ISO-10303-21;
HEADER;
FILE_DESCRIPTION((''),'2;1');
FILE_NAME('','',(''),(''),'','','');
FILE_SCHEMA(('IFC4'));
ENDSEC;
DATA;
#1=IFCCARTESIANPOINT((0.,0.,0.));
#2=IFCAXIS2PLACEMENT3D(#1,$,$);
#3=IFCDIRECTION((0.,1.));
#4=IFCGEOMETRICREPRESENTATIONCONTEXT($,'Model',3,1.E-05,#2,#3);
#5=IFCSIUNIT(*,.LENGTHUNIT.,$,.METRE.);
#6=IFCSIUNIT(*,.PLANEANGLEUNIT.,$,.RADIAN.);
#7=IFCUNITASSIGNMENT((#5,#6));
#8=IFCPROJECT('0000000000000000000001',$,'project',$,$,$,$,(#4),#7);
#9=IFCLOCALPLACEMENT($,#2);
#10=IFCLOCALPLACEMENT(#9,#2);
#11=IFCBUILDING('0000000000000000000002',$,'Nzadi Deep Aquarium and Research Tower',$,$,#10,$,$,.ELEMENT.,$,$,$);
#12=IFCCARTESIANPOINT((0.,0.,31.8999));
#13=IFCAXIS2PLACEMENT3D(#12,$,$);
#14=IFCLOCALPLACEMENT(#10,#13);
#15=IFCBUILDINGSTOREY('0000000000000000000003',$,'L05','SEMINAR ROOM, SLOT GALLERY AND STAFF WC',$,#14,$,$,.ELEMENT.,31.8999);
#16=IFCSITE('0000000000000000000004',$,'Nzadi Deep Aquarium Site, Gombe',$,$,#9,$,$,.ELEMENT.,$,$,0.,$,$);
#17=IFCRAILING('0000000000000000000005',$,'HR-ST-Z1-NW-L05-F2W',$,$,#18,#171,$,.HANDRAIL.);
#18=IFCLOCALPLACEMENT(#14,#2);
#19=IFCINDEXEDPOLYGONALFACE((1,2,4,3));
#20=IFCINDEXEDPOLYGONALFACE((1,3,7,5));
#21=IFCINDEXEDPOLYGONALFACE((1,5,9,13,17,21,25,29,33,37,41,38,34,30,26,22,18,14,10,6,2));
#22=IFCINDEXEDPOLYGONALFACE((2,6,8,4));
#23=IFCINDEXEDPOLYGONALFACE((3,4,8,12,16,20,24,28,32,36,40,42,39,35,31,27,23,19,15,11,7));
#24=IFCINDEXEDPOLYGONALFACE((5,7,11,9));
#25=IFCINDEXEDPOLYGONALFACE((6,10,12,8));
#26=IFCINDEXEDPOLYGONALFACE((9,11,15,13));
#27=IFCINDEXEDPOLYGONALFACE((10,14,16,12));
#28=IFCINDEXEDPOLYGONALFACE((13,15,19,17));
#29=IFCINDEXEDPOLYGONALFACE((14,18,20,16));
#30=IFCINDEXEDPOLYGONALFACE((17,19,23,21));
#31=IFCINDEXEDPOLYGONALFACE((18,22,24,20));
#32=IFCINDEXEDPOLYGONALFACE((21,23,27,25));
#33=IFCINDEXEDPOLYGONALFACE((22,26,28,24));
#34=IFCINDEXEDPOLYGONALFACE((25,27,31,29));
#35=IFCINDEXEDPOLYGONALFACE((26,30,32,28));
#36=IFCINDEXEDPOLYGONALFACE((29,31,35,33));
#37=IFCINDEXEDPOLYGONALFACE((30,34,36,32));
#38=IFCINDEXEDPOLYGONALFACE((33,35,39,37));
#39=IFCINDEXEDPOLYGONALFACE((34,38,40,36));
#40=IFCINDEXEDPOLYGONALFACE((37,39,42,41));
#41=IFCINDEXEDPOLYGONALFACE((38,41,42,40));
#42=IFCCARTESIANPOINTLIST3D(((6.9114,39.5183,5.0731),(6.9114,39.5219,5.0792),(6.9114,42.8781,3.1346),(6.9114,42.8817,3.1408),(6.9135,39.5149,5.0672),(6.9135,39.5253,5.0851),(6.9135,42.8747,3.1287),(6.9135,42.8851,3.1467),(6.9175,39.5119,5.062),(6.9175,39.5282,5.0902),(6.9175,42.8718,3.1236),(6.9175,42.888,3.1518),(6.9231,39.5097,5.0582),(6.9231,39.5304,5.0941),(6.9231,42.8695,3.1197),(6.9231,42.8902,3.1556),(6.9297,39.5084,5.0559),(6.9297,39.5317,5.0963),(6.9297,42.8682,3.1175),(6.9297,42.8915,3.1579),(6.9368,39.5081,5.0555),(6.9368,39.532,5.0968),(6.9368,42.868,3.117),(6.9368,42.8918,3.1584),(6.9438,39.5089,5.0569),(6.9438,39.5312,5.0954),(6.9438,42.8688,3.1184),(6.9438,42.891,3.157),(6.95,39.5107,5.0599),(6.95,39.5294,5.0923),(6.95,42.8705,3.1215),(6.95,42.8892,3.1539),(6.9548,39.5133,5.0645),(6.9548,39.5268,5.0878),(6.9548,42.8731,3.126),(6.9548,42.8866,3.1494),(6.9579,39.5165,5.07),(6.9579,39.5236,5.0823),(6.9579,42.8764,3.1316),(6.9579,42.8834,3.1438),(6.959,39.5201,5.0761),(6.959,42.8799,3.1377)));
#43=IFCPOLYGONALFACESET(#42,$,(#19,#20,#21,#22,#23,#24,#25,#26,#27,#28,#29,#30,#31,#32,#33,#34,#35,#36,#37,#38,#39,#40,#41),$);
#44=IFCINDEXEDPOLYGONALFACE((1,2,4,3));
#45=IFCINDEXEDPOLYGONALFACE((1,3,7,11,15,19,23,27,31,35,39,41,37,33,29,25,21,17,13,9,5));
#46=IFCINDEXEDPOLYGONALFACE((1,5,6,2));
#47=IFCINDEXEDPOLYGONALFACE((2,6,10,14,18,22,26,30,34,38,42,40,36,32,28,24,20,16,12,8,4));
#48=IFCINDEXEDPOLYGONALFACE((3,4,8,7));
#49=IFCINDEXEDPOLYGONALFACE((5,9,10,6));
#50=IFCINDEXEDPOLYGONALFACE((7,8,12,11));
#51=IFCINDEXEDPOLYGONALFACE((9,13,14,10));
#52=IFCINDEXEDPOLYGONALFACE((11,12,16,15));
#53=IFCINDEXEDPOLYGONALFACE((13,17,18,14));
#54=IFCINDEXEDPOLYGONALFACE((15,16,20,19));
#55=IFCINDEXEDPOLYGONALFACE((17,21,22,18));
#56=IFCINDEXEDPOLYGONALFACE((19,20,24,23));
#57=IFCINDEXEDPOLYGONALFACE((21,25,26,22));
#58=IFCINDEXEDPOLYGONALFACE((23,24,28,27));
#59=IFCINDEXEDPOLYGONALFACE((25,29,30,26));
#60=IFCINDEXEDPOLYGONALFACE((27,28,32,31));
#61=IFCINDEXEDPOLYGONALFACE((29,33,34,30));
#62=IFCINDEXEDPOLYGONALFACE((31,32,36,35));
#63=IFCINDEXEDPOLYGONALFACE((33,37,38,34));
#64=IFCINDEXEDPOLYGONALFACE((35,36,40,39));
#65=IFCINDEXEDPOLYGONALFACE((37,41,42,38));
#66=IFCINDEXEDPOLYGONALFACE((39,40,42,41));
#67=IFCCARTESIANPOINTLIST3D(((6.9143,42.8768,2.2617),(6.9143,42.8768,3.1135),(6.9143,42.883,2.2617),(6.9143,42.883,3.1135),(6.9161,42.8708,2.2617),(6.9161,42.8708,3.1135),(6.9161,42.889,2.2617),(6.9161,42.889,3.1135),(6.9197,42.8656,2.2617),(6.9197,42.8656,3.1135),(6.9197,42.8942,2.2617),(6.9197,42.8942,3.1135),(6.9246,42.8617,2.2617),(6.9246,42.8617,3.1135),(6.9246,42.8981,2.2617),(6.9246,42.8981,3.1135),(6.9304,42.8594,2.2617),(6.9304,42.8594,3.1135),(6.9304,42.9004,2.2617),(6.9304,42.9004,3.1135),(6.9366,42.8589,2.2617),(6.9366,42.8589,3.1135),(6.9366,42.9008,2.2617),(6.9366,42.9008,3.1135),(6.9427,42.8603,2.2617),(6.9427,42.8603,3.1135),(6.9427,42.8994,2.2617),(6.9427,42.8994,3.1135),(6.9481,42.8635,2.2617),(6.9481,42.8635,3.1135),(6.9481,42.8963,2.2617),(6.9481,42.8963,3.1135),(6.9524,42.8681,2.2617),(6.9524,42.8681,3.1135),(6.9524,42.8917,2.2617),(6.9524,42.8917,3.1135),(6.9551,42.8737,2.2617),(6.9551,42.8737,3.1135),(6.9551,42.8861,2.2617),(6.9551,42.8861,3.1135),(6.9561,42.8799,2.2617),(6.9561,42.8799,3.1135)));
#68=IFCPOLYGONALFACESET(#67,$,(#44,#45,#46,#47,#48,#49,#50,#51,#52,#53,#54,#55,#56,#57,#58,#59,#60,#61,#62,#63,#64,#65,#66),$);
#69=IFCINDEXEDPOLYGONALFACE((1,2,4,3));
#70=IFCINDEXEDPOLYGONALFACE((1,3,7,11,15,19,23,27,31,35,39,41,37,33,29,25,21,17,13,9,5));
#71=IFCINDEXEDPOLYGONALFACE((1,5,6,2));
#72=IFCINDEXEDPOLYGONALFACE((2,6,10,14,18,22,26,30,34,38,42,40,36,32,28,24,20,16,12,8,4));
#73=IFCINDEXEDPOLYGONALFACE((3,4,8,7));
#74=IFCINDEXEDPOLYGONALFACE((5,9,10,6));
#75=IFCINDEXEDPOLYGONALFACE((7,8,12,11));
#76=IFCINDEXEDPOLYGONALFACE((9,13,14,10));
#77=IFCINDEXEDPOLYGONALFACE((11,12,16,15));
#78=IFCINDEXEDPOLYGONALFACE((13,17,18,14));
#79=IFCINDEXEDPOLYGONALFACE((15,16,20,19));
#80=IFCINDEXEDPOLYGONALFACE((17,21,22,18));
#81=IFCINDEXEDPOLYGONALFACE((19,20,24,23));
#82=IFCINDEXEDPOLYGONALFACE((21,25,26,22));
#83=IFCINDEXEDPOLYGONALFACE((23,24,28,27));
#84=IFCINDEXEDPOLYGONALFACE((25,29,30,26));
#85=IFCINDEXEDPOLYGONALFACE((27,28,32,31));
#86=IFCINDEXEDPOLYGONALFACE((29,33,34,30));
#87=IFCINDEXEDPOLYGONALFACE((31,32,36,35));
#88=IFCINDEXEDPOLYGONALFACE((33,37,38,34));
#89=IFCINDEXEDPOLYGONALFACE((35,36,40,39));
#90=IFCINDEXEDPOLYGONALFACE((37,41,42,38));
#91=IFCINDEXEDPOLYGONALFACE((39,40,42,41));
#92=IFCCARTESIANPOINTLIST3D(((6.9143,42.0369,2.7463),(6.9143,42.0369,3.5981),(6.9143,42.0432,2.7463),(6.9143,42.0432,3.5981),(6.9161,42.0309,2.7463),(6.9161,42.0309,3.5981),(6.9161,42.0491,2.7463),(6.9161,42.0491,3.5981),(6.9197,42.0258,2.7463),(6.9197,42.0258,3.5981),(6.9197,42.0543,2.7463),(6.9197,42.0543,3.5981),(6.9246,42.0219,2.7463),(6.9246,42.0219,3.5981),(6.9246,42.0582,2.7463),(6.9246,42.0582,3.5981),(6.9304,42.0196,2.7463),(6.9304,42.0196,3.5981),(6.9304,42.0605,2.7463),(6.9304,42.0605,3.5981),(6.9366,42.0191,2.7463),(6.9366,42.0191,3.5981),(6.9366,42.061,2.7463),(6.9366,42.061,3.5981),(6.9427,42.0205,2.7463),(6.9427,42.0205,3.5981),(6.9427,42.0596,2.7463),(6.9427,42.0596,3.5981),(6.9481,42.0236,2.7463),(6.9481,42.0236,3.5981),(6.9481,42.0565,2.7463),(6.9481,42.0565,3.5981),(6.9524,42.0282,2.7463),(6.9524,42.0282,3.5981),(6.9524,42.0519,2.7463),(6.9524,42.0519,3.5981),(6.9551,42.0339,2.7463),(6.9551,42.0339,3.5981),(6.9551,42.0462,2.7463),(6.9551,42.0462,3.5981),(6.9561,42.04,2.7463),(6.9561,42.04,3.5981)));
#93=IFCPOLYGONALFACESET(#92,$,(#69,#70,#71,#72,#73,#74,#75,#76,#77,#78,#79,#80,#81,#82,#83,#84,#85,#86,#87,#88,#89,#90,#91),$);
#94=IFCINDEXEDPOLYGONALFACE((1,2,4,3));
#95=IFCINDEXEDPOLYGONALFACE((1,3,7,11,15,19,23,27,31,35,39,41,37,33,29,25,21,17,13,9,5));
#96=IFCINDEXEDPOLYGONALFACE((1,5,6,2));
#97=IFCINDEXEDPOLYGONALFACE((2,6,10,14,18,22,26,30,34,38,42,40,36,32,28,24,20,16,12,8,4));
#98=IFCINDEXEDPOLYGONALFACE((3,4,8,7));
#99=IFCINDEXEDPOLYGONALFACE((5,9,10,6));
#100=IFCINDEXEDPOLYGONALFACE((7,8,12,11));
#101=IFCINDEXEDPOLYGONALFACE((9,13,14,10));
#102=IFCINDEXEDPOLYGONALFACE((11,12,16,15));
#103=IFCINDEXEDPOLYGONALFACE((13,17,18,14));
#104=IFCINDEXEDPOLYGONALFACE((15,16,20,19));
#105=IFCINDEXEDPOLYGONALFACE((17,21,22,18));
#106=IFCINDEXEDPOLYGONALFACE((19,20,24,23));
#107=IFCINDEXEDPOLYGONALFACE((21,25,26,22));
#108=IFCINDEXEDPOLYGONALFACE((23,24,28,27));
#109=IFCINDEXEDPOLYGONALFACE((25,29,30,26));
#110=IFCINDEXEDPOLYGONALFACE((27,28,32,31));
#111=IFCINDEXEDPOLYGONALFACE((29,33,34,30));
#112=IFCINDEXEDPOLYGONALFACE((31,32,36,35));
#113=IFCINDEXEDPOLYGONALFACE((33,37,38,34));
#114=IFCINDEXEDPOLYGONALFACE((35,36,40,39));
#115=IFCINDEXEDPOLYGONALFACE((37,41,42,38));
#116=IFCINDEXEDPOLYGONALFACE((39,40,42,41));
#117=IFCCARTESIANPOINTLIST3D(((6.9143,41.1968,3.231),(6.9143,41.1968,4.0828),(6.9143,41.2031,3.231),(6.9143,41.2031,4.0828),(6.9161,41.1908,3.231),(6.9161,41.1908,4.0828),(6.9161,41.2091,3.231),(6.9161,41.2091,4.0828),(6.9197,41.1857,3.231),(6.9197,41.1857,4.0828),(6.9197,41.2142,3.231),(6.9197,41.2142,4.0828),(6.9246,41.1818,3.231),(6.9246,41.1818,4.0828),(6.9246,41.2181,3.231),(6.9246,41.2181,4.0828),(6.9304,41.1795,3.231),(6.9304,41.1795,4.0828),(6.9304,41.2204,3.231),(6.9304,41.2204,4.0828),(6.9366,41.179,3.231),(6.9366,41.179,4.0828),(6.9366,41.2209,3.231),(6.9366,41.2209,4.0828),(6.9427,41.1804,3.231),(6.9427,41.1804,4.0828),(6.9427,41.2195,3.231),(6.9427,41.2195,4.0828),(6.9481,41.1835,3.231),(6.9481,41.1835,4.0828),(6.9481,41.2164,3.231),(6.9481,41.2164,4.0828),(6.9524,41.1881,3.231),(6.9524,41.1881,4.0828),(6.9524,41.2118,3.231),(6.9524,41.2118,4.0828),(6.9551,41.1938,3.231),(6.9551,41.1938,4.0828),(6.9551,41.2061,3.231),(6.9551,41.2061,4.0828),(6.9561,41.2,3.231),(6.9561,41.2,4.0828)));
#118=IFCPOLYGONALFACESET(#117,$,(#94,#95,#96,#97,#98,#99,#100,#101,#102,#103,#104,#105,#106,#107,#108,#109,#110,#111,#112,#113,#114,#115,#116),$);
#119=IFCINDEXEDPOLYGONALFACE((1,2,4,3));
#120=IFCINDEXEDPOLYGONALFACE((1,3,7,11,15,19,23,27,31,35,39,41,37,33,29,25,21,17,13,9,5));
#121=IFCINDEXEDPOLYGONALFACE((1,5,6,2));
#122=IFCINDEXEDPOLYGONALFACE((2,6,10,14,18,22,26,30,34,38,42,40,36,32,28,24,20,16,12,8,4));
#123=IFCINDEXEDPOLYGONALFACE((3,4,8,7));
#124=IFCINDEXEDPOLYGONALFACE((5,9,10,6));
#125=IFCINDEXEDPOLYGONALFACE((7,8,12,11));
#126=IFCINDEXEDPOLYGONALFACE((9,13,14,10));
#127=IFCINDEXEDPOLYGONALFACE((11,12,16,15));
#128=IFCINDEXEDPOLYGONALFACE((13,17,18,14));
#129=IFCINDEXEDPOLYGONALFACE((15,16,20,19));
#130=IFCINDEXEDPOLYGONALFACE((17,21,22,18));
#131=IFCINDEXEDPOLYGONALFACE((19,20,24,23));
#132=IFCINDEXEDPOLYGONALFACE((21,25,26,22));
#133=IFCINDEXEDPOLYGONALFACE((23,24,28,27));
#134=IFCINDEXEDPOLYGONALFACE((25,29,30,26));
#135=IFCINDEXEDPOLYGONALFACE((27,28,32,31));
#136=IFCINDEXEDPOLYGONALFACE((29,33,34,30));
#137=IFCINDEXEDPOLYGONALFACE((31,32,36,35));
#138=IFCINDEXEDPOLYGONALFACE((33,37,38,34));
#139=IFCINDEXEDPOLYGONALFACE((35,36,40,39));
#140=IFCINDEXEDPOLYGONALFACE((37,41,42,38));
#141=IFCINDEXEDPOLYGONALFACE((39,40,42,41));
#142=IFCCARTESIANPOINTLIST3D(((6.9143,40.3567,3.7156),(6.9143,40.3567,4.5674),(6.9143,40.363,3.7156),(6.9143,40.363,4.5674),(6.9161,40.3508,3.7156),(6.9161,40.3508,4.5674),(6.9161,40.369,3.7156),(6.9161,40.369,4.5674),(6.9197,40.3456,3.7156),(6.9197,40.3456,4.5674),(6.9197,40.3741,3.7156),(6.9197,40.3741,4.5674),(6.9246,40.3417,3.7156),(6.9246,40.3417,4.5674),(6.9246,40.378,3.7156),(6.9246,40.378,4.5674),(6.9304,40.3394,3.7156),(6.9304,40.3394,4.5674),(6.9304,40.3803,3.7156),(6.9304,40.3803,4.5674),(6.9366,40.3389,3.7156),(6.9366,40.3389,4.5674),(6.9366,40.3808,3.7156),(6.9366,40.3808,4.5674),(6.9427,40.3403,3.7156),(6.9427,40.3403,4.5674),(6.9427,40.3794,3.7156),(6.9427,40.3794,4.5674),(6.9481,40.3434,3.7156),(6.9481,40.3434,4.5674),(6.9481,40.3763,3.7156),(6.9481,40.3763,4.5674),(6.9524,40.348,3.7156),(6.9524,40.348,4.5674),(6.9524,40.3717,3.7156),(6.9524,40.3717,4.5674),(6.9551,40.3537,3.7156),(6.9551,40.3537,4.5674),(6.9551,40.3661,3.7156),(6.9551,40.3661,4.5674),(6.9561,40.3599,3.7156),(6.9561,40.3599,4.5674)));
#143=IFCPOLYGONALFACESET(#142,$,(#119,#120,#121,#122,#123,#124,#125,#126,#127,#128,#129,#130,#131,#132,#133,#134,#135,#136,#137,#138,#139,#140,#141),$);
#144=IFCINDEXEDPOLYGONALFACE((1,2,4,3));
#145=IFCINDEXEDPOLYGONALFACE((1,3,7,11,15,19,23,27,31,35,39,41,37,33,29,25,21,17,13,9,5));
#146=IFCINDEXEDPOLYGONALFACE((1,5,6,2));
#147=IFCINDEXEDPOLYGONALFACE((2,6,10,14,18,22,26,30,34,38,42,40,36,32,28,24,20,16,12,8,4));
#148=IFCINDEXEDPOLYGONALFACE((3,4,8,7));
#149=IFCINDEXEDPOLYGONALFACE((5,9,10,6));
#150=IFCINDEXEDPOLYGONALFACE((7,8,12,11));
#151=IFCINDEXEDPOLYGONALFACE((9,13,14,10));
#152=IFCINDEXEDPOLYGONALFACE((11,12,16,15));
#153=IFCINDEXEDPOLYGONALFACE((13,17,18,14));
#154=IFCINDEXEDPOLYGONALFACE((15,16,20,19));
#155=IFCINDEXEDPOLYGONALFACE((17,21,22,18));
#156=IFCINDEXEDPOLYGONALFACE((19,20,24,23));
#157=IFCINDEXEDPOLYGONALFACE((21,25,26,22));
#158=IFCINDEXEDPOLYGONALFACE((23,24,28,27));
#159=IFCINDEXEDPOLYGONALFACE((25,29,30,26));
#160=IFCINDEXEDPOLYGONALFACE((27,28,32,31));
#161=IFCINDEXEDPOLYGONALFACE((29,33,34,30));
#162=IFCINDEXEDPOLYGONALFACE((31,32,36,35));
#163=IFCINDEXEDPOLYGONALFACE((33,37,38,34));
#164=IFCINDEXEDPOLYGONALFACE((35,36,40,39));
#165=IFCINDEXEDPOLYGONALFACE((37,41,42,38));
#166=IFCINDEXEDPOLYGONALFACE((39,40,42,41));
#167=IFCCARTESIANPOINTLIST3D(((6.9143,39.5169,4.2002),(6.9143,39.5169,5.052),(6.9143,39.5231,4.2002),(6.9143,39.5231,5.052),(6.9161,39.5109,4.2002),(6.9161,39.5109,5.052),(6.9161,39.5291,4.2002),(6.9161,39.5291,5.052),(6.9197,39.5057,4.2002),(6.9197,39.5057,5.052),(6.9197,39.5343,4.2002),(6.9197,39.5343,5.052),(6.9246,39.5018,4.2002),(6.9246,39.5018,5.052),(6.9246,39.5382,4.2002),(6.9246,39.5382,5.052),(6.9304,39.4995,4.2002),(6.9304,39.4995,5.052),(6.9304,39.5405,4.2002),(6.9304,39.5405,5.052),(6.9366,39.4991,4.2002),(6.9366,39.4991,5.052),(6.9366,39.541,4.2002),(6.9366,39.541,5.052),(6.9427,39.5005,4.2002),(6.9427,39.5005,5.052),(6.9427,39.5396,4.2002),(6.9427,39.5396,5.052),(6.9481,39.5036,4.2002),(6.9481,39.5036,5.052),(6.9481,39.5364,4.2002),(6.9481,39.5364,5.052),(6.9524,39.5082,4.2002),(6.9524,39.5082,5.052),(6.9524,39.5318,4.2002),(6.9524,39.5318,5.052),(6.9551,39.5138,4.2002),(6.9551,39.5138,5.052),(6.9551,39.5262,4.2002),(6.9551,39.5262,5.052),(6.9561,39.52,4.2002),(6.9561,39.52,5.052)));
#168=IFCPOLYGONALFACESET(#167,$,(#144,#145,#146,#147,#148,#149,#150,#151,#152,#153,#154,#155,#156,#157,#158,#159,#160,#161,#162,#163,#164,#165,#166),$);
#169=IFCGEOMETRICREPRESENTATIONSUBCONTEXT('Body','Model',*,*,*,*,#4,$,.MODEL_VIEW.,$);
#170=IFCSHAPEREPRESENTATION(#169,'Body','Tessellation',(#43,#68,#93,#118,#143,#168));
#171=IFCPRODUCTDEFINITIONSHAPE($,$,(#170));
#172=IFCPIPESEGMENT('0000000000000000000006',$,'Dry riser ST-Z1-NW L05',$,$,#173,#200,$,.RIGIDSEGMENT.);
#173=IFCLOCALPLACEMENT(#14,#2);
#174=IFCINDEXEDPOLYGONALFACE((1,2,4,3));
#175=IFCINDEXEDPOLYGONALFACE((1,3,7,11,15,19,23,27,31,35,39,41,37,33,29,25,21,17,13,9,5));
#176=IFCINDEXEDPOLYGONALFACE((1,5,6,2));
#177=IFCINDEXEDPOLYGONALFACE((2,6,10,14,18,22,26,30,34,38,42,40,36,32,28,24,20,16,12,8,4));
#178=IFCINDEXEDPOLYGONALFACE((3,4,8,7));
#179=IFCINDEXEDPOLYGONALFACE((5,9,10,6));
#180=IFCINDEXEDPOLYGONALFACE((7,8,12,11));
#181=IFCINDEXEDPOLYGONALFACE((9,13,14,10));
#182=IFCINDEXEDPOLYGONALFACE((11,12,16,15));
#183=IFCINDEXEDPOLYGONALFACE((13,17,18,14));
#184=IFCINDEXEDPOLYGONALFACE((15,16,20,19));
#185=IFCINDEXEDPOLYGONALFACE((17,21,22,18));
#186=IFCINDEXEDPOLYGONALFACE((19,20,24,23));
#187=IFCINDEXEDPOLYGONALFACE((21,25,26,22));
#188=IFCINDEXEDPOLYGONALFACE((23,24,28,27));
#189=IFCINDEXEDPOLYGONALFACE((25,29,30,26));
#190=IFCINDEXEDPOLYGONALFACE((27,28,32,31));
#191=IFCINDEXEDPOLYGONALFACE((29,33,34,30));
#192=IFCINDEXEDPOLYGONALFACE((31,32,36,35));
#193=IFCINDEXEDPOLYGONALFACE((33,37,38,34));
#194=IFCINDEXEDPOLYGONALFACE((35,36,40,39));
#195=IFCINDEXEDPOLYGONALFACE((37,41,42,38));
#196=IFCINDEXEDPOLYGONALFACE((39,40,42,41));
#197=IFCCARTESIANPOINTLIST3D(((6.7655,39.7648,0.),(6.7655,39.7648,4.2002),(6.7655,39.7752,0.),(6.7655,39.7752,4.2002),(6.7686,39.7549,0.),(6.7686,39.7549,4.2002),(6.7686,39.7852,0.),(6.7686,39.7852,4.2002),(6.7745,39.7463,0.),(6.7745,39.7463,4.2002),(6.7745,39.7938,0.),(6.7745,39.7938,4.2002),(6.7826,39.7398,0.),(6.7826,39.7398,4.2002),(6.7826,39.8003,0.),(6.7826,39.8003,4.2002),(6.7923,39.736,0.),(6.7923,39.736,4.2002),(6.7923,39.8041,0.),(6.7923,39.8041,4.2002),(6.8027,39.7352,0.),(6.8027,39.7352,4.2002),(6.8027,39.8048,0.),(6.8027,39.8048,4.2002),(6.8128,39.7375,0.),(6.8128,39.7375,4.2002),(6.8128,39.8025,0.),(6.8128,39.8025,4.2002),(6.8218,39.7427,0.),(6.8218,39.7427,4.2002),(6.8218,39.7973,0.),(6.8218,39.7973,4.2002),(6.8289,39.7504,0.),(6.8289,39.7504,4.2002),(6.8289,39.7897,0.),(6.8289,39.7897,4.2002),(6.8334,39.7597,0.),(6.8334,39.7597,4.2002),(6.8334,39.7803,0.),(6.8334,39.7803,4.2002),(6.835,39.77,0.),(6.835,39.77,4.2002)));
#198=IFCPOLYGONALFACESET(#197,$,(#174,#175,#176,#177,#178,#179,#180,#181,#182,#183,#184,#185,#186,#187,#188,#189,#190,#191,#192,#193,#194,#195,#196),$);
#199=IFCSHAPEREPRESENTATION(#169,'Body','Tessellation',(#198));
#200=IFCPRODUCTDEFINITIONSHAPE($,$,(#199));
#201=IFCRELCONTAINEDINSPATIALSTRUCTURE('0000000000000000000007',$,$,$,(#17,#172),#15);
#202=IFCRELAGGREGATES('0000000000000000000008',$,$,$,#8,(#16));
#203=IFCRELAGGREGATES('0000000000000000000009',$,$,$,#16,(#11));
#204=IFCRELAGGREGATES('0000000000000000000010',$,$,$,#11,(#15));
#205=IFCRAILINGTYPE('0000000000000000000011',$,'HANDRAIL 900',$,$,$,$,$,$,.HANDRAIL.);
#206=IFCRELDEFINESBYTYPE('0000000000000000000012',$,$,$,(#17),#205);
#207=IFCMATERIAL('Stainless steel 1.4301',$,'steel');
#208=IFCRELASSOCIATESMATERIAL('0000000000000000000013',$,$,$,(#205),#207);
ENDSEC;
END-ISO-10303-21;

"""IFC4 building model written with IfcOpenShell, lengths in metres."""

from ifc_helpers import new_model, si_unit, direction, frame, origin, origin_2d, place, context, subcontext, project, spatial, circle, extrude, material, type_object, element, save


model = new_model("IFC4")

# Units and contexts
model_context = context("Model", 3, precision=1e-05, world=origin(), true_north=direction((0.0, 1.0)))
body_context = subcontext(model_context, "Body", "Model", "MODEL_VIEW")
ifc_project = project(units=[si_unit("LENGTHUNIT", "METRE"), si_unit("PLANEANGLEUNIT", "RADIAN")], contexts=[model_context])

# Site, building, storey
site_placement = place(None, origin())
site = spatial("IfcSite", under=ifc_project, at=site_placement, Name="Nzadi Deep Aquarium Site, Gombe", CompositionType="ELEMENT", RefElevation=0.0)
building_placement = place(site_placement, origin())
building = spatial("IfcBuilding", under=site, at=building_placement, Name="Nzadi Deep Aquarium and Research Tower", CompositionType="ELEMENT")
storey_placement = place(building_placement, frame((0.0, 0.0, 31.8999)))
storey = spatial("IfcBuildingStorey", under=building, at=storey_placement, Name="L05", Description="SEMINAR ROOM, SLOT GALLERY AND STAFF WC", CompositionType="ELEMENT", Elevation=31.8999)

# Railing
ifc_material_1 = material(Name="Stainless steel 1.4301", Category="steel")
railing_type = type_object("IfcRailingType", Name="HANDRAIL 900", PredefinedType="HANDRAIL", material=ifc_material_1)
for number, where, name in (
    (1, (6.9351, 42.8799, 2.2617), "HR-ST-Z1-NW-L05-F2W"),
):
    element("IfcRailing", number, at=place(storey_placement, frame(where)), inside=storey, type_object=railing_type, Name=name, PredefinedType="HANDRAIL", context=body_context, shape_type="SweptSolid", body=[
        extrude(circle(Radius=0.0239, at=origin_2d()), frame((0.0, 0.0, 0.876), z_axis=(0.0, -0.866175, 0.499741), x_axis=(1.0, 0.0, 0.0)), (0.0, 0.0, 1.0), 3.8789),
        extrude(circle(Radius=0.021, at=origin_2d()), origin(), (0.0, 0.0, 1.0), 0.8518),
        extrude(circle(Radius=0.021, at=origin_2d()), frame((0.0, -0.8398, 0.4846)), (0.0, 0.0, 1.0), 0.8518),
        extrude(circle(Radius=0.021, at=origin_2d()), frame((0.0, -1.6799, 0.9692)), (0.0, 0.0, 1.0), 0.8518),
        extrude(circle(Radius=0.021, at=origin_2d()), frame((0.0, -2.52, 1.4539)), (0.0, 0.0, 1.0), 0.8518),
        extrude(circle(Radius=0.021, at=origin_2d()), frame((0.0, -3.3599, 1.9385)), (0.0, 0.0, 1.0), 0.8518),
    ])

# Pipe segment
pipe_segment_placement = place(storey_placement, frame((6.8, 39.77, 0.0), z_axis=(0.0, 0.0, 1.0), x_axis=(1.0, 0.0, 0.0)))
element("IfcPipeSegment", 2, at=pipe_segment_placement, inside=storey, Name="Dry riser ST-Z1-NW L05", PredefinedType="RIGIDSEGMENT", context=body_context, shape_type="SweptSolid", body=[
    extrude(circle(Radius=0.0349, at=origin_2d()), origin(), (0.0, 0.0, 1.0), 4.2002),
])

save(model, "model.ifc")
